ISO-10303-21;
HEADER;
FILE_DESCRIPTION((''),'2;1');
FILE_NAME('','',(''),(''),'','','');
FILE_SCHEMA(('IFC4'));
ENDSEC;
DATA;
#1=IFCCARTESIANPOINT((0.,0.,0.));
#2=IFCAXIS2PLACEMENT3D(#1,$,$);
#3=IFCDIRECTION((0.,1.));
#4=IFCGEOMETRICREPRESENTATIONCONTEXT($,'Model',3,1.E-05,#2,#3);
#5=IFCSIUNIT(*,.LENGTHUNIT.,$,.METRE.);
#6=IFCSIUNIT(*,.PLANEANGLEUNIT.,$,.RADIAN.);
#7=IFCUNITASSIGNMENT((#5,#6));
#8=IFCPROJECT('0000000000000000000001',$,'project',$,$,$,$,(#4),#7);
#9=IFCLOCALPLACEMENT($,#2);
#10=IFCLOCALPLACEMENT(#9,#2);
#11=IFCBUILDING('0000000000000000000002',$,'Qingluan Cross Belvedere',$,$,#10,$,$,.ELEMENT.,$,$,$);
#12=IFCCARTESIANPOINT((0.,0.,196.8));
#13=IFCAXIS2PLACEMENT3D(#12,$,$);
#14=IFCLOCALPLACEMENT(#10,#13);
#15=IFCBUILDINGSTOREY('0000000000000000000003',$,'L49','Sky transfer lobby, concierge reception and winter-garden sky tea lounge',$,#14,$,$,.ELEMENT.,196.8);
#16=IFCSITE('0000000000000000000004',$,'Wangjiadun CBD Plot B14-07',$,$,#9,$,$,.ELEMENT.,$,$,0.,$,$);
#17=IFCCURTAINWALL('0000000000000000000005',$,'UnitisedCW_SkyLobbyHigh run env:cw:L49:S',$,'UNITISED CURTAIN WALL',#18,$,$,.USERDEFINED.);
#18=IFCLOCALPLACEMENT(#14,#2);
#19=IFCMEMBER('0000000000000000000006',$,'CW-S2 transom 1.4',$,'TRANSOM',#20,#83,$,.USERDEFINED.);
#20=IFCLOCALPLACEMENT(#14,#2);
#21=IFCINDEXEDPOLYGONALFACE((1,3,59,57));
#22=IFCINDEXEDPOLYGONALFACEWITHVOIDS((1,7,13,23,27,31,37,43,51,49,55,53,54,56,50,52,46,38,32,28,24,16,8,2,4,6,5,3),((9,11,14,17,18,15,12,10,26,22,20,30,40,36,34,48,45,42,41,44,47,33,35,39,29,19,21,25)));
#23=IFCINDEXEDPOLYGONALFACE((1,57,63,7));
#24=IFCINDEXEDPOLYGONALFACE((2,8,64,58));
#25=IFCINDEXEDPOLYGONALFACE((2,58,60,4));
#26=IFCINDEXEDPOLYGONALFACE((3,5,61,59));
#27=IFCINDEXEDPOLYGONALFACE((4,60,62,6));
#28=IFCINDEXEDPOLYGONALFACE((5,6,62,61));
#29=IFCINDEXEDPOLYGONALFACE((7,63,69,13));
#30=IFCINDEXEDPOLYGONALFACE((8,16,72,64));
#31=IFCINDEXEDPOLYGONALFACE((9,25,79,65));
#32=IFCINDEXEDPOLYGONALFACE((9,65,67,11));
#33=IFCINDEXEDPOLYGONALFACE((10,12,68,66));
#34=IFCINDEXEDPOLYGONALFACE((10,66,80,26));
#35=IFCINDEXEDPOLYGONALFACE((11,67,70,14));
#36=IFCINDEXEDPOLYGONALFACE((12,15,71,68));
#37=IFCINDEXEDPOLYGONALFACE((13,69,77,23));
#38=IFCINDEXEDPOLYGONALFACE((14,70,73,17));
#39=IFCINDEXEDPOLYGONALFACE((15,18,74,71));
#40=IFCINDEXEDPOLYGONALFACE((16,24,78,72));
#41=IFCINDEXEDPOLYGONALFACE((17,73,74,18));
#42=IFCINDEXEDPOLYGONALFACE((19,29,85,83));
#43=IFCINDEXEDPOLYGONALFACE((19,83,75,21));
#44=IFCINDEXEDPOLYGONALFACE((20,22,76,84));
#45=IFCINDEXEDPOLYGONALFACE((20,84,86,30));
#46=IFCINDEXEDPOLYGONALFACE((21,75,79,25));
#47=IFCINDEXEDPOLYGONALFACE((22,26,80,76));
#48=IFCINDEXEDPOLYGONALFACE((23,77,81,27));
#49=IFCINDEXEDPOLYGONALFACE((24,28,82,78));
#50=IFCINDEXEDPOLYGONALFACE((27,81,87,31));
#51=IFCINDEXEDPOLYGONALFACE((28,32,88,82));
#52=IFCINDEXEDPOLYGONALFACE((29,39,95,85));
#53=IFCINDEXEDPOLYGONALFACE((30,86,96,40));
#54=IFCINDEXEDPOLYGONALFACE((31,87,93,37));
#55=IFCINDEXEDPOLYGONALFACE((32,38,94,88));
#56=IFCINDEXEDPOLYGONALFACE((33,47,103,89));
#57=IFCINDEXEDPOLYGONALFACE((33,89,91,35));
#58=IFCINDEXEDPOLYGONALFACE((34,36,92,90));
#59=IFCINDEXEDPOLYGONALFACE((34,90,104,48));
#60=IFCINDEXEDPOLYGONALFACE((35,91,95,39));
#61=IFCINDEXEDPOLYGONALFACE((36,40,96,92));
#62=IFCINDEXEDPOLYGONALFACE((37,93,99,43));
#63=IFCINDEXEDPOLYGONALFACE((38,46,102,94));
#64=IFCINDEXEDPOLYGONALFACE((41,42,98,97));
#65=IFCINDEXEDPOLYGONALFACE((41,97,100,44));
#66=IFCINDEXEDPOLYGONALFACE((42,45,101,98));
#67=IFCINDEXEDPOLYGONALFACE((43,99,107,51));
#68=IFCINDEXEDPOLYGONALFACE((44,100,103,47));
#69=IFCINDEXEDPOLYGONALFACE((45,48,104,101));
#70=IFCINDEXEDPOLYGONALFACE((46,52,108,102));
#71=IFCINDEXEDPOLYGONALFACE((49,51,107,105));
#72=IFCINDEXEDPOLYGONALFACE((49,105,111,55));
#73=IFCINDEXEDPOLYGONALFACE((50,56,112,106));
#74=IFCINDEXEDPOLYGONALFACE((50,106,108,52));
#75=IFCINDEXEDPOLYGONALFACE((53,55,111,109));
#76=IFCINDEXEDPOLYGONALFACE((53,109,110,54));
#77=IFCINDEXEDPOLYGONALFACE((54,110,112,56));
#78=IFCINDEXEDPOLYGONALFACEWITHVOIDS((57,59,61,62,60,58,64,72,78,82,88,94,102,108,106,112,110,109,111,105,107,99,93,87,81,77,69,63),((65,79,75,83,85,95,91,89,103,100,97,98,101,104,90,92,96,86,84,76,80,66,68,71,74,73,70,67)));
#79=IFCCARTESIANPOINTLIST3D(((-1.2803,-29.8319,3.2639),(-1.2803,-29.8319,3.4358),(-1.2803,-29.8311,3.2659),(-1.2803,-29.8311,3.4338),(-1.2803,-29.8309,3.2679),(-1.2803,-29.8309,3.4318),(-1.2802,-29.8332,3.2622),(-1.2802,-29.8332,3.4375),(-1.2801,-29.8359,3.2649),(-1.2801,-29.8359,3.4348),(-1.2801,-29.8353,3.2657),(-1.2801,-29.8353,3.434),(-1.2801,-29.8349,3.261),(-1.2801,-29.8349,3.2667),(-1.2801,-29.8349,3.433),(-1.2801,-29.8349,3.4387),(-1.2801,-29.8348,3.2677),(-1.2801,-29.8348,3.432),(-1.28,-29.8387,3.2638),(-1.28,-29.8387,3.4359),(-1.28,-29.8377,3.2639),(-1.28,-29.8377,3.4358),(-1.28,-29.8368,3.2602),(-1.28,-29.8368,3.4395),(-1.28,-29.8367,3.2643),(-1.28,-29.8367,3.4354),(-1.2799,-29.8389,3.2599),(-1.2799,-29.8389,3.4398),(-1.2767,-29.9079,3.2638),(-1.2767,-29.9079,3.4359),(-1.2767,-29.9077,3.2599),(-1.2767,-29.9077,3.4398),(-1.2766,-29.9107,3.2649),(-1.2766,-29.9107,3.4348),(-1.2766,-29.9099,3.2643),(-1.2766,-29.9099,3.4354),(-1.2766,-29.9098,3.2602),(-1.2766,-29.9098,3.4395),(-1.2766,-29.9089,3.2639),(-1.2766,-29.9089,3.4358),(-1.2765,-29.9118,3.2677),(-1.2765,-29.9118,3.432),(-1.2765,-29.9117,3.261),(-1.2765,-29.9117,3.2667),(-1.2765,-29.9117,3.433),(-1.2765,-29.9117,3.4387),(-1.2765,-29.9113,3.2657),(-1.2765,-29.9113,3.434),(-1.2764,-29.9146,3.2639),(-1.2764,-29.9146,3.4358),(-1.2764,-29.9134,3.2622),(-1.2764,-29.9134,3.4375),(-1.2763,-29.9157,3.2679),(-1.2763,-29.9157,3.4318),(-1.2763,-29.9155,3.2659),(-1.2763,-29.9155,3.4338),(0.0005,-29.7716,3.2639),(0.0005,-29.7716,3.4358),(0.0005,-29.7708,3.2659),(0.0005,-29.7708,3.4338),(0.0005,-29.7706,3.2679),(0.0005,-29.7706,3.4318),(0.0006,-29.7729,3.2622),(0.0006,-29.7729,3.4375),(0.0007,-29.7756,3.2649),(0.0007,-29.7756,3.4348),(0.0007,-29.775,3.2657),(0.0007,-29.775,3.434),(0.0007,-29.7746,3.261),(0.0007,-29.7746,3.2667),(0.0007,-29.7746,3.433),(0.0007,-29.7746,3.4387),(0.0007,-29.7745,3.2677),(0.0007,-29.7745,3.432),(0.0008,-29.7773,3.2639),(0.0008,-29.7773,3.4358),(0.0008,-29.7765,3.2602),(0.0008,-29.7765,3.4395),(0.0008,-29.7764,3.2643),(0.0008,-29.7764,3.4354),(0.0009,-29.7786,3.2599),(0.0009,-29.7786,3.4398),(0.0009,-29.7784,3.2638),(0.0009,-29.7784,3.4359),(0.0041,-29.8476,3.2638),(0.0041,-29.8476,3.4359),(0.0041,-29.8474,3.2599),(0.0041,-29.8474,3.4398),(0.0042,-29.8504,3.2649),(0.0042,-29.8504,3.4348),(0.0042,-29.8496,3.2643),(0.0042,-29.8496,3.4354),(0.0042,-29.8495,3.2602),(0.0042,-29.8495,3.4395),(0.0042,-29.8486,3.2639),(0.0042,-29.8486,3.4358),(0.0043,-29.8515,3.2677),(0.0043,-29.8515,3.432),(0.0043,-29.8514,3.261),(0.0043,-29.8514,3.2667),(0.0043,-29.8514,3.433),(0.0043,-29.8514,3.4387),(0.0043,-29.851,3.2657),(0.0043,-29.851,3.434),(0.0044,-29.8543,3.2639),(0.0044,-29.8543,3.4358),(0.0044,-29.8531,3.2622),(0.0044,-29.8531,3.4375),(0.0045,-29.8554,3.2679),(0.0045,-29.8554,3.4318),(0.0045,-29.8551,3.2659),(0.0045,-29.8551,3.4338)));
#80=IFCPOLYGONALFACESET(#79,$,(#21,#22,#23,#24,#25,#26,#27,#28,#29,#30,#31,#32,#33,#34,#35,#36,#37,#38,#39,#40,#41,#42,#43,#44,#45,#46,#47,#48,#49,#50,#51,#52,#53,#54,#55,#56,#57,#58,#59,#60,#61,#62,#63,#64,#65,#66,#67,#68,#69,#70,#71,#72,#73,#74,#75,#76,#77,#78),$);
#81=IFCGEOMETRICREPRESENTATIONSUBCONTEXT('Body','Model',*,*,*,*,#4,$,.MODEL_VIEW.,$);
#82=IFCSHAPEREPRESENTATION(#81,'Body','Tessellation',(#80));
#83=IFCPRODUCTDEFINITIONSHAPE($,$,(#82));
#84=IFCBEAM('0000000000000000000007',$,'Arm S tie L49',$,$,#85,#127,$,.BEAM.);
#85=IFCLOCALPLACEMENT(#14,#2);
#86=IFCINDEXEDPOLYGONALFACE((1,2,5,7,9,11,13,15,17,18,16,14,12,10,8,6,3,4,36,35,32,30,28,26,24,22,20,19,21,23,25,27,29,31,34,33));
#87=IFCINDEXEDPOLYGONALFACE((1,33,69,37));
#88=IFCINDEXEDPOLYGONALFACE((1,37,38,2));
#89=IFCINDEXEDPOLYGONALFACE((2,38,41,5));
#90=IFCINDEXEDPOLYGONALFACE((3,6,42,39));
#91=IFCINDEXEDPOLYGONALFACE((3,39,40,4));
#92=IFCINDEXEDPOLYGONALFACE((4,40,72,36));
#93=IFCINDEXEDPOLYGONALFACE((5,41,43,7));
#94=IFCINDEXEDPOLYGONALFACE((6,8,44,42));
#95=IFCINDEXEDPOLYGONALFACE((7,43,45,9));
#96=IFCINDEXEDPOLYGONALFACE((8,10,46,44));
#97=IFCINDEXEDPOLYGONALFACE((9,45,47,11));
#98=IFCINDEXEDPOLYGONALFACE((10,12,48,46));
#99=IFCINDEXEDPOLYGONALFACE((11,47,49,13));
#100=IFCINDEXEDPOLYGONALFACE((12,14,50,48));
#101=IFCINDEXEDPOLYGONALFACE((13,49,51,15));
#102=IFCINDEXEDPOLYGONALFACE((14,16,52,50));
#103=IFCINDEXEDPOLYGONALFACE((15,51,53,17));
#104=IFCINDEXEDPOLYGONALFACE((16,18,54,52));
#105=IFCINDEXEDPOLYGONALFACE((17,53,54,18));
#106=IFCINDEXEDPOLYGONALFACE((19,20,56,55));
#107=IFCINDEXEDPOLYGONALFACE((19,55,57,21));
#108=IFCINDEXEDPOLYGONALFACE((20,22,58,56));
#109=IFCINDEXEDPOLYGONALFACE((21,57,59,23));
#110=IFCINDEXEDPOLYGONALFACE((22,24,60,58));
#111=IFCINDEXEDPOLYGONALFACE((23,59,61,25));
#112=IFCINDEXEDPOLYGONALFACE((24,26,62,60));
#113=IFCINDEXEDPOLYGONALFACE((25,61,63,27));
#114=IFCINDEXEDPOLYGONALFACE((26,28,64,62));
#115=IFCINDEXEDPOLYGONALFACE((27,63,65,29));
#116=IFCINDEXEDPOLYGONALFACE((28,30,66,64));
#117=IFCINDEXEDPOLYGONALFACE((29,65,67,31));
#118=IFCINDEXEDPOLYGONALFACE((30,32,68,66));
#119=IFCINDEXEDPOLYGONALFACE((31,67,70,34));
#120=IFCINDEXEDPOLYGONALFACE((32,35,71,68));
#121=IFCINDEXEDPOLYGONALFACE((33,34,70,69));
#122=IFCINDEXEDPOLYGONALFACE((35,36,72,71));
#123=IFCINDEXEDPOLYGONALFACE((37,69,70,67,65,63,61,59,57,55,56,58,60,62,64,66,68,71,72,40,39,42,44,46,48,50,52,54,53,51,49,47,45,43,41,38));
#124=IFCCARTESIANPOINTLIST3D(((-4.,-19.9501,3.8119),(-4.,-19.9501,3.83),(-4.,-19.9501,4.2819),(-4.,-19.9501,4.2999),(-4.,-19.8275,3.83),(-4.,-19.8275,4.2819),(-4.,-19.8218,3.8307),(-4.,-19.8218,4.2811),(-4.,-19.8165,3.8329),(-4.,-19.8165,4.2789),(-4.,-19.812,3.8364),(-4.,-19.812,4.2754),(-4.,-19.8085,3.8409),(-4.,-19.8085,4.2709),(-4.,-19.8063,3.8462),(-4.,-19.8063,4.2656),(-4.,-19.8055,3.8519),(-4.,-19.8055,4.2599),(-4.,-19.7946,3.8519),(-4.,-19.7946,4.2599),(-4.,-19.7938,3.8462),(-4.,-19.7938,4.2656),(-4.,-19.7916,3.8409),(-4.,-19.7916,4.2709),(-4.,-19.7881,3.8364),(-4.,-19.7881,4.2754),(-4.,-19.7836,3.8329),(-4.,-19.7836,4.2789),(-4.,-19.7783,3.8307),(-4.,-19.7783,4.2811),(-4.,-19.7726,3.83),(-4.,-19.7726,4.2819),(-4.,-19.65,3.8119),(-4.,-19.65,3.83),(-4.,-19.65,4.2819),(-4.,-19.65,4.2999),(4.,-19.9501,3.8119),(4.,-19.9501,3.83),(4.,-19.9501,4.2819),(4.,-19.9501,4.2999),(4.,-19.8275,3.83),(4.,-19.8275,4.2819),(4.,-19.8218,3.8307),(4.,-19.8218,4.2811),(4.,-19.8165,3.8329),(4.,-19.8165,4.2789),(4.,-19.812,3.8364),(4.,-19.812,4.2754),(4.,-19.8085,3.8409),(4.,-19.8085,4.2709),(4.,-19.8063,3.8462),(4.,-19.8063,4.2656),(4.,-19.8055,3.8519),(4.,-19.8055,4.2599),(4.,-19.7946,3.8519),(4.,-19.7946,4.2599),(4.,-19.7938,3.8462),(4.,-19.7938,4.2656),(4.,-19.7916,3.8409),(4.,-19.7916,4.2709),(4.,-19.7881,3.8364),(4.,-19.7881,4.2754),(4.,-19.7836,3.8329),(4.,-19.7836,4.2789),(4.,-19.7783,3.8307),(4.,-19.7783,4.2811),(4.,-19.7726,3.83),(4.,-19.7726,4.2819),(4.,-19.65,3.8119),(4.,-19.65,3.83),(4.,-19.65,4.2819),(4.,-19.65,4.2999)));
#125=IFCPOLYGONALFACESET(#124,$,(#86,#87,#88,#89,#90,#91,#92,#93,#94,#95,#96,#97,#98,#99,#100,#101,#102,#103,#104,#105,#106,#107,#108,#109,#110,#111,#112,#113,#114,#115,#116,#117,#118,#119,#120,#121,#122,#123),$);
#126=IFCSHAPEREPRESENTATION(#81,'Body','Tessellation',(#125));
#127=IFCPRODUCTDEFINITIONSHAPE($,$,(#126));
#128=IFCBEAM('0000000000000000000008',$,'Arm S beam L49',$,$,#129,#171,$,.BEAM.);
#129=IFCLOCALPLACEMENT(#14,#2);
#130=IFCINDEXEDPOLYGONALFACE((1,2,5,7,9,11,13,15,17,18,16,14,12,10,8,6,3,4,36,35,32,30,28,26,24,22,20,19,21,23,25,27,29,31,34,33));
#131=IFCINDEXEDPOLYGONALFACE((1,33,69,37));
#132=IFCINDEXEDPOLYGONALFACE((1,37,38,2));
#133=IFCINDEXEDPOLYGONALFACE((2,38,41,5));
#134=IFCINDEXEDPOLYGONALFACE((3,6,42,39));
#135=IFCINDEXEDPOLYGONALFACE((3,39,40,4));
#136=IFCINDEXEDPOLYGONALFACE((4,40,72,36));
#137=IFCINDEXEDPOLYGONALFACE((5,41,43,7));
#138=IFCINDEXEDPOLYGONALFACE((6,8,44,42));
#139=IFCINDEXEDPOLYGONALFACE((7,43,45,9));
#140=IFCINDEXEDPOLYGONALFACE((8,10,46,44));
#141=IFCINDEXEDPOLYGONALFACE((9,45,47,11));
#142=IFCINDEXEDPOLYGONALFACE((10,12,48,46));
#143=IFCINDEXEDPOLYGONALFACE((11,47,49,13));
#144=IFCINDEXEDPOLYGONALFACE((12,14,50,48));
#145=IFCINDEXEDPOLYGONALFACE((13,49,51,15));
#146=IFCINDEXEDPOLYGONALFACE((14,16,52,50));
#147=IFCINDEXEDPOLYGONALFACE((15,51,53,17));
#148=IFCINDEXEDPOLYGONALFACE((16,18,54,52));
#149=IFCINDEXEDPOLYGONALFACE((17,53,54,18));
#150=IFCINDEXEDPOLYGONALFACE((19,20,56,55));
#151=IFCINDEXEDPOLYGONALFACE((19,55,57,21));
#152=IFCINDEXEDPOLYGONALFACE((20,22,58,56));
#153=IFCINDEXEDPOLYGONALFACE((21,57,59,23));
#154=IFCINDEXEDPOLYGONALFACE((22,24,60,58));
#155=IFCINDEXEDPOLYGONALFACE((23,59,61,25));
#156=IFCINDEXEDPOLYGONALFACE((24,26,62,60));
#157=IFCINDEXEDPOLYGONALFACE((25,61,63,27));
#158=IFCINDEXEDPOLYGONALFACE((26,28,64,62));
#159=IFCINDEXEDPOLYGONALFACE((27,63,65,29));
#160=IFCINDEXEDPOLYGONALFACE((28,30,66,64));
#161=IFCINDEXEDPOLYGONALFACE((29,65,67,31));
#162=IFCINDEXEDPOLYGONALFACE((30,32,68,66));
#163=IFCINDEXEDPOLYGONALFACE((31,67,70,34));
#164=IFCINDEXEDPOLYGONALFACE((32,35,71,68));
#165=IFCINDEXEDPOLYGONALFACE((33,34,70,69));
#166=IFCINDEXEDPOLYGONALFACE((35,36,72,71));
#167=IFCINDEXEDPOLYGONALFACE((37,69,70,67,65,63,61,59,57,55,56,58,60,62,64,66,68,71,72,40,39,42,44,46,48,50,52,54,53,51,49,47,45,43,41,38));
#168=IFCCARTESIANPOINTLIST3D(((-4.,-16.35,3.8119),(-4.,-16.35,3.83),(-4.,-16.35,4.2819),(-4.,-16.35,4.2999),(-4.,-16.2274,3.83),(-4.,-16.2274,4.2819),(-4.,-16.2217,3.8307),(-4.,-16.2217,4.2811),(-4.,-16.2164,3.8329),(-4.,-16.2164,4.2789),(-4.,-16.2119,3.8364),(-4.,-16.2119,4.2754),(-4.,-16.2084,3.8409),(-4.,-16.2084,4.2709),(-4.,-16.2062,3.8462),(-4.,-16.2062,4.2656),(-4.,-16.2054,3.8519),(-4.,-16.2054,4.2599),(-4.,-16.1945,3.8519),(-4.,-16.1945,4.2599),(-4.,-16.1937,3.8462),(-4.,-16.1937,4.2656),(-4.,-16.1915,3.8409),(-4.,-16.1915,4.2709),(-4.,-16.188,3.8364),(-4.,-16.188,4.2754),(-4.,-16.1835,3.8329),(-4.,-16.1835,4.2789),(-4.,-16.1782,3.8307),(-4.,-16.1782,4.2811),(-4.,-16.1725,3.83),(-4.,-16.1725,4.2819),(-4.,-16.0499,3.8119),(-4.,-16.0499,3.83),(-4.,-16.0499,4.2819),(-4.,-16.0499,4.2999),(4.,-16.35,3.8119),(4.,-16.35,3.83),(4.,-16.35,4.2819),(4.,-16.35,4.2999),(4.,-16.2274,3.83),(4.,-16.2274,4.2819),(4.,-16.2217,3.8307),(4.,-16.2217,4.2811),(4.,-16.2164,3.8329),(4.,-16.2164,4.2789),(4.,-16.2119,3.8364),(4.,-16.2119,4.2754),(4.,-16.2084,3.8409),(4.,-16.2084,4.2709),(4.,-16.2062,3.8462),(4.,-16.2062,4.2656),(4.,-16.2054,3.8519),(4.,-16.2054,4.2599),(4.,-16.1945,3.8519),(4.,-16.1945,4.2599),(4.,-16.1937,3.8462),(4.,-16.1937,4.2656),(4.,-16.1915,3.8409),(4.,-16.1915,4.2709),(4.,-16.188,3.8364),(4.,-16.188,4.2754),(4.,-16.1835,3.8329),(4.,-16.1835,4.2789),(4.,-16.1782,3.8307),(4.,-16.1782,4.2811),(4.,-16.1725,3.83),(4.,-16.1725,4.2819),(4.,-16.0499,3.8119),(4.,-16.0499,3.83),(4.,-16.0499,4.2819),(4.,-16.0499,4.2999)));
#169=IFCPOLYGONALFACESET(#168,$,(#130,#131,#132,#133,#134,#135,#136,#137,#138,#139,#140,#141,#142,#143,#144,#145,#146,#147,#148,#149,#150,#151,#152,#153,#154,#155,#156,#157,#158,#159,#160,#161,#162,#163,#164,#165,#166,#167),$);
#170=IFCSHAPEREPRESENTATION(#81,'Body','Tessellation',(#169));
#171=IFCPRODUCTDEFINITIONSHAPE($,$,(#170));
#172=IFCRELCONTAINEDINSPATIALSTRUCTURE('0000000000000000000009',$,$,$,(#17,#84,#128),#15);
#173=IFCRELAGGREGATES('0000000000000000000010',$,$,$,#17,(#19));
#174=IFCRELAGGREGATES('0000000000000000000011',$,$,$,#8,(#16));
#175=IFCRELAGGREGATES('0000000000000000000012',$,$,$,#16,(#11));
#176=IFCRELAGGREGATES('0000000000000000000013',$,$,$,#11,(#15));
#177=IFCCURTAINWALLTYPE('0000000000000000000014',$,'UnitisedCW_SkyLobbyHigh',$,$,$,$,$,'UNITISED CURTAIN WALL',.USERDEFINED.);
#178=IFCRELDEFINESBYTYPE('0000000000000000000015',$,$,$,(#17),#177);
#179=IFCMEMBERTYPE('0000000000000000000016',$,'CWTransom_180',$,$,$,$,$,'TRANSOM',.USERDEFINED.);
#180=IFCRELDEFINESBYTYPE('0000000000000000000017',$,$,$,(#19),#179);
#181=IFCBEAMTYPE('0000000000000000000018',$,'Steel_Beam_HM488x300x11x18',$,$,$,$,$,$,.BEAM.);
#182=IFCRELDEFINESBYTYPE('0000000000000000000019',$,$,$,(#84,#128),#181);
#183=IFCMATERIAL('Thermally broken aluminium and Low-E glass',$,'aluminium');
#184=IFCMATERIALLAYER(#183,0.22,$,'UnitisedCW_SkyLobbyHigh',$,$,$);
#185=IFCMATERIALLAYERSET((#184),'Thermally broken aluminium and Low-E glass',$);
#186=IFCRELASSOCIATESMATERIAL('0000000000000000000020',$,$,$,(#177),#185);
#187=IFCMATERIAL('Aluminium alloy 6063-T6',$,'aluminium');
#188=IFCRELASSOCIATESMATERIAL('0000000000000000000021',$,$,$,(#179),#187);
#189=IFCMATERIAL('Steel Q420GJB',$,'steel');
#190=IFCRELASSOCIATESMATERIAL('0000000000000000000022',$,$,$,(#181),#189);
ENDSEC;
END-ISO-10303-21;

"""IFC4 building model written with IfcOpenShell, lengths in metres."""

from ifc_helpers import new_model, si_unit, direction, frame, origin, origin_2d, place, context, subcontext, project, spatial, hollow_rectangle, i_section, extrude, material, layer, layer_set, material_profile, profile_set, type_object, element, aggregate, save


model = new_model("IFC4")

# Units and contexts
model_context = context("Model", 3, precision=1e-05, world=origin(), true_north=direction((0.0, 1.0)))
body_context = subcontext(model_context, "Body", "Model", "MODEL_VIEW")
ifc_project = project(units=[si_unit("LENGTHUNIT", "METRE"), si_unit("PLANEANGLEUNIT", "RADIAN")], contexts=[model_context])

# Site, building, storey
site_placement = place(None, origin())
site = spatial("IfcSite", under=ifc_project, at=site_placement, Name="Wangjiadun CBD Plot B14-07", CompositionType="ELEMENT", RefElevation=0.0)
building_placement = place(site_placement, origin())
building = spatial("IfcBuilding", under=site, at=building_placement, Name="Qingluan Cross Belvedere", CompositionType="ELEMENT")
storey_placement = place(building_placement, frame((0.0, 0.0, 196.8)))
storey = spatial("IfcBuildingStorey", under=building, at=storey_placement, Name="L49", Description="Sky transfer lobby, concierge reception and winter-garden sky tea lounge", CompositionType="ELEMENT", Elevation=196.8)

# Curtain wall, member
ifc_material_1 = material(Name="Thermally broken aluminium and Low-E glass", Category="aluminium")
ifc_layer_1 = layer(ifc_material_1, 0.22, Name="UnitisedCW_SkyLobbyHigh")
ifc_layer_set_1 = layer_set([ifc_layer_1], Name="Thermally broken aluminium and Low-E glass")
curtain_wall_type = type_object("IfcCurtainWallType", Name="UnitisedCW_SkyLobbyHigh", ElementType="UNITISED CURTAIN WALL", PredefinedType="USERDEFINED", material=ifc_layer_set_1)
curtain_wall_placement = place(storey_placement, origin())
curtain_wall = element("IfcCurtainWall", 1, at=curtain_wall_placement, inside=storey, type_object=curtain_wall_type, Name="UnitisedCW_SkyLobbyHigh run env:cw:L49:S", ObjectType="UNITISED CURTAIN WALL", PredefinedType="USERDEFINED")
ifc_material_2 = material(Name="Aluminium alloy 6063-T6", Category="aluminium")
ifc_material_profile_1 = material_profile(ifc_material_2, hollow_rectangle(XDim=0.085, YDim=0.1799, WallThickness=0.0039, InnerFilletRadius=0.0039, OuterFilletRadius=0.0081, at=origin_2d()), Name="CWT180x85x4")
ifc_profile_set_1 = profile_set([ifc_material_profile_1], Name="Aluminium alloy 6063-T6")
member_type_1 = type_object("IfcMemberType", Name="CWTransom_180", ElementType="TRANSOM", PredefinedType="USERDEFINED", material=ifc_profile_set_1)
member_1_placement = place(storey_placement, frame((-1.2783, -29.8733, 3.3499), z_axis=(0.998893, 0.047031, 0.0), x_axis=(-0.047031, 0.998893, 0.0)))
member_1 = element("IfcMember", 2, at=member_1_placement, type_object=member_type_1, Name="CW-S2 transom 1.4", ObjectType="TRANSOM", PredefinedType="USERDEFINED", context=body_context, shape_type="SweptSolid", body=[
    extrude(hollow_rectangle(XDim=0.085, YDim=0.1799, WallThickness=0.0039, InnerFilletRadius=0.0039, OuterFilletRadius=0.0081, at=origin_2d()), origin(), (0.0, 0.0, 1.0), 1.2822),
])

# Beams
ifc_material_3 = material(Name="Steel Q420GJB", Category="steel")
ifc_material_profile_2 = material_profile(ifc_material_3, i_section(OverallWidth=0.3, OverallDepth=0.488, WebThickness=0.011, FlangeThickness=0.0181, FilletRadius=0.022, at=origin_2d()), Name="HM488x300x11x18")
ifc_profile_set_2 = profile_set([ifc_material_profile_2], Name="Steel Q420GJB")
beam_type_1 = type_object("IfcBeamType", Name="Steel_Beam_HM488x300x11x18", PredefinedType="BEAM", material=ifc_profile_set_2)
for number, where, z_axis, x_axis, name in (
    (3, (-4.0, -19.8, 4.0559), (1.0, 0.0, 0.0), (0.0, 1.0, 0.0), "Arm S tie L49"),
    (4, (-4.0, -16.2, 4.0559), (1.0, 0.0, 0.0), (0.0, 1.0, 0.0), "Arm S beam L49"),
):
    element("IfcBeam", number, at=place(storey_placement, frame(where, z_axis=z_axis, x_axis=x_axis)), inside=storey, type_object=beam_type_1, Name=name, PredefinedType="BEAM", context=body_context, shape_type="SweptSolid", body=[
        extrude(i_section(OverallWidth=0.3, OverallDepth=0.488, WebThickness=0.011, FlangeThickness=0.0181, FilletRadius=0.022, at=origin_2d()), origin(), (0.0, 0.0, 1.0), 8.0),
    ])

aggregate(curtain_wall, [member_1])

save(model, "model.ifc")
